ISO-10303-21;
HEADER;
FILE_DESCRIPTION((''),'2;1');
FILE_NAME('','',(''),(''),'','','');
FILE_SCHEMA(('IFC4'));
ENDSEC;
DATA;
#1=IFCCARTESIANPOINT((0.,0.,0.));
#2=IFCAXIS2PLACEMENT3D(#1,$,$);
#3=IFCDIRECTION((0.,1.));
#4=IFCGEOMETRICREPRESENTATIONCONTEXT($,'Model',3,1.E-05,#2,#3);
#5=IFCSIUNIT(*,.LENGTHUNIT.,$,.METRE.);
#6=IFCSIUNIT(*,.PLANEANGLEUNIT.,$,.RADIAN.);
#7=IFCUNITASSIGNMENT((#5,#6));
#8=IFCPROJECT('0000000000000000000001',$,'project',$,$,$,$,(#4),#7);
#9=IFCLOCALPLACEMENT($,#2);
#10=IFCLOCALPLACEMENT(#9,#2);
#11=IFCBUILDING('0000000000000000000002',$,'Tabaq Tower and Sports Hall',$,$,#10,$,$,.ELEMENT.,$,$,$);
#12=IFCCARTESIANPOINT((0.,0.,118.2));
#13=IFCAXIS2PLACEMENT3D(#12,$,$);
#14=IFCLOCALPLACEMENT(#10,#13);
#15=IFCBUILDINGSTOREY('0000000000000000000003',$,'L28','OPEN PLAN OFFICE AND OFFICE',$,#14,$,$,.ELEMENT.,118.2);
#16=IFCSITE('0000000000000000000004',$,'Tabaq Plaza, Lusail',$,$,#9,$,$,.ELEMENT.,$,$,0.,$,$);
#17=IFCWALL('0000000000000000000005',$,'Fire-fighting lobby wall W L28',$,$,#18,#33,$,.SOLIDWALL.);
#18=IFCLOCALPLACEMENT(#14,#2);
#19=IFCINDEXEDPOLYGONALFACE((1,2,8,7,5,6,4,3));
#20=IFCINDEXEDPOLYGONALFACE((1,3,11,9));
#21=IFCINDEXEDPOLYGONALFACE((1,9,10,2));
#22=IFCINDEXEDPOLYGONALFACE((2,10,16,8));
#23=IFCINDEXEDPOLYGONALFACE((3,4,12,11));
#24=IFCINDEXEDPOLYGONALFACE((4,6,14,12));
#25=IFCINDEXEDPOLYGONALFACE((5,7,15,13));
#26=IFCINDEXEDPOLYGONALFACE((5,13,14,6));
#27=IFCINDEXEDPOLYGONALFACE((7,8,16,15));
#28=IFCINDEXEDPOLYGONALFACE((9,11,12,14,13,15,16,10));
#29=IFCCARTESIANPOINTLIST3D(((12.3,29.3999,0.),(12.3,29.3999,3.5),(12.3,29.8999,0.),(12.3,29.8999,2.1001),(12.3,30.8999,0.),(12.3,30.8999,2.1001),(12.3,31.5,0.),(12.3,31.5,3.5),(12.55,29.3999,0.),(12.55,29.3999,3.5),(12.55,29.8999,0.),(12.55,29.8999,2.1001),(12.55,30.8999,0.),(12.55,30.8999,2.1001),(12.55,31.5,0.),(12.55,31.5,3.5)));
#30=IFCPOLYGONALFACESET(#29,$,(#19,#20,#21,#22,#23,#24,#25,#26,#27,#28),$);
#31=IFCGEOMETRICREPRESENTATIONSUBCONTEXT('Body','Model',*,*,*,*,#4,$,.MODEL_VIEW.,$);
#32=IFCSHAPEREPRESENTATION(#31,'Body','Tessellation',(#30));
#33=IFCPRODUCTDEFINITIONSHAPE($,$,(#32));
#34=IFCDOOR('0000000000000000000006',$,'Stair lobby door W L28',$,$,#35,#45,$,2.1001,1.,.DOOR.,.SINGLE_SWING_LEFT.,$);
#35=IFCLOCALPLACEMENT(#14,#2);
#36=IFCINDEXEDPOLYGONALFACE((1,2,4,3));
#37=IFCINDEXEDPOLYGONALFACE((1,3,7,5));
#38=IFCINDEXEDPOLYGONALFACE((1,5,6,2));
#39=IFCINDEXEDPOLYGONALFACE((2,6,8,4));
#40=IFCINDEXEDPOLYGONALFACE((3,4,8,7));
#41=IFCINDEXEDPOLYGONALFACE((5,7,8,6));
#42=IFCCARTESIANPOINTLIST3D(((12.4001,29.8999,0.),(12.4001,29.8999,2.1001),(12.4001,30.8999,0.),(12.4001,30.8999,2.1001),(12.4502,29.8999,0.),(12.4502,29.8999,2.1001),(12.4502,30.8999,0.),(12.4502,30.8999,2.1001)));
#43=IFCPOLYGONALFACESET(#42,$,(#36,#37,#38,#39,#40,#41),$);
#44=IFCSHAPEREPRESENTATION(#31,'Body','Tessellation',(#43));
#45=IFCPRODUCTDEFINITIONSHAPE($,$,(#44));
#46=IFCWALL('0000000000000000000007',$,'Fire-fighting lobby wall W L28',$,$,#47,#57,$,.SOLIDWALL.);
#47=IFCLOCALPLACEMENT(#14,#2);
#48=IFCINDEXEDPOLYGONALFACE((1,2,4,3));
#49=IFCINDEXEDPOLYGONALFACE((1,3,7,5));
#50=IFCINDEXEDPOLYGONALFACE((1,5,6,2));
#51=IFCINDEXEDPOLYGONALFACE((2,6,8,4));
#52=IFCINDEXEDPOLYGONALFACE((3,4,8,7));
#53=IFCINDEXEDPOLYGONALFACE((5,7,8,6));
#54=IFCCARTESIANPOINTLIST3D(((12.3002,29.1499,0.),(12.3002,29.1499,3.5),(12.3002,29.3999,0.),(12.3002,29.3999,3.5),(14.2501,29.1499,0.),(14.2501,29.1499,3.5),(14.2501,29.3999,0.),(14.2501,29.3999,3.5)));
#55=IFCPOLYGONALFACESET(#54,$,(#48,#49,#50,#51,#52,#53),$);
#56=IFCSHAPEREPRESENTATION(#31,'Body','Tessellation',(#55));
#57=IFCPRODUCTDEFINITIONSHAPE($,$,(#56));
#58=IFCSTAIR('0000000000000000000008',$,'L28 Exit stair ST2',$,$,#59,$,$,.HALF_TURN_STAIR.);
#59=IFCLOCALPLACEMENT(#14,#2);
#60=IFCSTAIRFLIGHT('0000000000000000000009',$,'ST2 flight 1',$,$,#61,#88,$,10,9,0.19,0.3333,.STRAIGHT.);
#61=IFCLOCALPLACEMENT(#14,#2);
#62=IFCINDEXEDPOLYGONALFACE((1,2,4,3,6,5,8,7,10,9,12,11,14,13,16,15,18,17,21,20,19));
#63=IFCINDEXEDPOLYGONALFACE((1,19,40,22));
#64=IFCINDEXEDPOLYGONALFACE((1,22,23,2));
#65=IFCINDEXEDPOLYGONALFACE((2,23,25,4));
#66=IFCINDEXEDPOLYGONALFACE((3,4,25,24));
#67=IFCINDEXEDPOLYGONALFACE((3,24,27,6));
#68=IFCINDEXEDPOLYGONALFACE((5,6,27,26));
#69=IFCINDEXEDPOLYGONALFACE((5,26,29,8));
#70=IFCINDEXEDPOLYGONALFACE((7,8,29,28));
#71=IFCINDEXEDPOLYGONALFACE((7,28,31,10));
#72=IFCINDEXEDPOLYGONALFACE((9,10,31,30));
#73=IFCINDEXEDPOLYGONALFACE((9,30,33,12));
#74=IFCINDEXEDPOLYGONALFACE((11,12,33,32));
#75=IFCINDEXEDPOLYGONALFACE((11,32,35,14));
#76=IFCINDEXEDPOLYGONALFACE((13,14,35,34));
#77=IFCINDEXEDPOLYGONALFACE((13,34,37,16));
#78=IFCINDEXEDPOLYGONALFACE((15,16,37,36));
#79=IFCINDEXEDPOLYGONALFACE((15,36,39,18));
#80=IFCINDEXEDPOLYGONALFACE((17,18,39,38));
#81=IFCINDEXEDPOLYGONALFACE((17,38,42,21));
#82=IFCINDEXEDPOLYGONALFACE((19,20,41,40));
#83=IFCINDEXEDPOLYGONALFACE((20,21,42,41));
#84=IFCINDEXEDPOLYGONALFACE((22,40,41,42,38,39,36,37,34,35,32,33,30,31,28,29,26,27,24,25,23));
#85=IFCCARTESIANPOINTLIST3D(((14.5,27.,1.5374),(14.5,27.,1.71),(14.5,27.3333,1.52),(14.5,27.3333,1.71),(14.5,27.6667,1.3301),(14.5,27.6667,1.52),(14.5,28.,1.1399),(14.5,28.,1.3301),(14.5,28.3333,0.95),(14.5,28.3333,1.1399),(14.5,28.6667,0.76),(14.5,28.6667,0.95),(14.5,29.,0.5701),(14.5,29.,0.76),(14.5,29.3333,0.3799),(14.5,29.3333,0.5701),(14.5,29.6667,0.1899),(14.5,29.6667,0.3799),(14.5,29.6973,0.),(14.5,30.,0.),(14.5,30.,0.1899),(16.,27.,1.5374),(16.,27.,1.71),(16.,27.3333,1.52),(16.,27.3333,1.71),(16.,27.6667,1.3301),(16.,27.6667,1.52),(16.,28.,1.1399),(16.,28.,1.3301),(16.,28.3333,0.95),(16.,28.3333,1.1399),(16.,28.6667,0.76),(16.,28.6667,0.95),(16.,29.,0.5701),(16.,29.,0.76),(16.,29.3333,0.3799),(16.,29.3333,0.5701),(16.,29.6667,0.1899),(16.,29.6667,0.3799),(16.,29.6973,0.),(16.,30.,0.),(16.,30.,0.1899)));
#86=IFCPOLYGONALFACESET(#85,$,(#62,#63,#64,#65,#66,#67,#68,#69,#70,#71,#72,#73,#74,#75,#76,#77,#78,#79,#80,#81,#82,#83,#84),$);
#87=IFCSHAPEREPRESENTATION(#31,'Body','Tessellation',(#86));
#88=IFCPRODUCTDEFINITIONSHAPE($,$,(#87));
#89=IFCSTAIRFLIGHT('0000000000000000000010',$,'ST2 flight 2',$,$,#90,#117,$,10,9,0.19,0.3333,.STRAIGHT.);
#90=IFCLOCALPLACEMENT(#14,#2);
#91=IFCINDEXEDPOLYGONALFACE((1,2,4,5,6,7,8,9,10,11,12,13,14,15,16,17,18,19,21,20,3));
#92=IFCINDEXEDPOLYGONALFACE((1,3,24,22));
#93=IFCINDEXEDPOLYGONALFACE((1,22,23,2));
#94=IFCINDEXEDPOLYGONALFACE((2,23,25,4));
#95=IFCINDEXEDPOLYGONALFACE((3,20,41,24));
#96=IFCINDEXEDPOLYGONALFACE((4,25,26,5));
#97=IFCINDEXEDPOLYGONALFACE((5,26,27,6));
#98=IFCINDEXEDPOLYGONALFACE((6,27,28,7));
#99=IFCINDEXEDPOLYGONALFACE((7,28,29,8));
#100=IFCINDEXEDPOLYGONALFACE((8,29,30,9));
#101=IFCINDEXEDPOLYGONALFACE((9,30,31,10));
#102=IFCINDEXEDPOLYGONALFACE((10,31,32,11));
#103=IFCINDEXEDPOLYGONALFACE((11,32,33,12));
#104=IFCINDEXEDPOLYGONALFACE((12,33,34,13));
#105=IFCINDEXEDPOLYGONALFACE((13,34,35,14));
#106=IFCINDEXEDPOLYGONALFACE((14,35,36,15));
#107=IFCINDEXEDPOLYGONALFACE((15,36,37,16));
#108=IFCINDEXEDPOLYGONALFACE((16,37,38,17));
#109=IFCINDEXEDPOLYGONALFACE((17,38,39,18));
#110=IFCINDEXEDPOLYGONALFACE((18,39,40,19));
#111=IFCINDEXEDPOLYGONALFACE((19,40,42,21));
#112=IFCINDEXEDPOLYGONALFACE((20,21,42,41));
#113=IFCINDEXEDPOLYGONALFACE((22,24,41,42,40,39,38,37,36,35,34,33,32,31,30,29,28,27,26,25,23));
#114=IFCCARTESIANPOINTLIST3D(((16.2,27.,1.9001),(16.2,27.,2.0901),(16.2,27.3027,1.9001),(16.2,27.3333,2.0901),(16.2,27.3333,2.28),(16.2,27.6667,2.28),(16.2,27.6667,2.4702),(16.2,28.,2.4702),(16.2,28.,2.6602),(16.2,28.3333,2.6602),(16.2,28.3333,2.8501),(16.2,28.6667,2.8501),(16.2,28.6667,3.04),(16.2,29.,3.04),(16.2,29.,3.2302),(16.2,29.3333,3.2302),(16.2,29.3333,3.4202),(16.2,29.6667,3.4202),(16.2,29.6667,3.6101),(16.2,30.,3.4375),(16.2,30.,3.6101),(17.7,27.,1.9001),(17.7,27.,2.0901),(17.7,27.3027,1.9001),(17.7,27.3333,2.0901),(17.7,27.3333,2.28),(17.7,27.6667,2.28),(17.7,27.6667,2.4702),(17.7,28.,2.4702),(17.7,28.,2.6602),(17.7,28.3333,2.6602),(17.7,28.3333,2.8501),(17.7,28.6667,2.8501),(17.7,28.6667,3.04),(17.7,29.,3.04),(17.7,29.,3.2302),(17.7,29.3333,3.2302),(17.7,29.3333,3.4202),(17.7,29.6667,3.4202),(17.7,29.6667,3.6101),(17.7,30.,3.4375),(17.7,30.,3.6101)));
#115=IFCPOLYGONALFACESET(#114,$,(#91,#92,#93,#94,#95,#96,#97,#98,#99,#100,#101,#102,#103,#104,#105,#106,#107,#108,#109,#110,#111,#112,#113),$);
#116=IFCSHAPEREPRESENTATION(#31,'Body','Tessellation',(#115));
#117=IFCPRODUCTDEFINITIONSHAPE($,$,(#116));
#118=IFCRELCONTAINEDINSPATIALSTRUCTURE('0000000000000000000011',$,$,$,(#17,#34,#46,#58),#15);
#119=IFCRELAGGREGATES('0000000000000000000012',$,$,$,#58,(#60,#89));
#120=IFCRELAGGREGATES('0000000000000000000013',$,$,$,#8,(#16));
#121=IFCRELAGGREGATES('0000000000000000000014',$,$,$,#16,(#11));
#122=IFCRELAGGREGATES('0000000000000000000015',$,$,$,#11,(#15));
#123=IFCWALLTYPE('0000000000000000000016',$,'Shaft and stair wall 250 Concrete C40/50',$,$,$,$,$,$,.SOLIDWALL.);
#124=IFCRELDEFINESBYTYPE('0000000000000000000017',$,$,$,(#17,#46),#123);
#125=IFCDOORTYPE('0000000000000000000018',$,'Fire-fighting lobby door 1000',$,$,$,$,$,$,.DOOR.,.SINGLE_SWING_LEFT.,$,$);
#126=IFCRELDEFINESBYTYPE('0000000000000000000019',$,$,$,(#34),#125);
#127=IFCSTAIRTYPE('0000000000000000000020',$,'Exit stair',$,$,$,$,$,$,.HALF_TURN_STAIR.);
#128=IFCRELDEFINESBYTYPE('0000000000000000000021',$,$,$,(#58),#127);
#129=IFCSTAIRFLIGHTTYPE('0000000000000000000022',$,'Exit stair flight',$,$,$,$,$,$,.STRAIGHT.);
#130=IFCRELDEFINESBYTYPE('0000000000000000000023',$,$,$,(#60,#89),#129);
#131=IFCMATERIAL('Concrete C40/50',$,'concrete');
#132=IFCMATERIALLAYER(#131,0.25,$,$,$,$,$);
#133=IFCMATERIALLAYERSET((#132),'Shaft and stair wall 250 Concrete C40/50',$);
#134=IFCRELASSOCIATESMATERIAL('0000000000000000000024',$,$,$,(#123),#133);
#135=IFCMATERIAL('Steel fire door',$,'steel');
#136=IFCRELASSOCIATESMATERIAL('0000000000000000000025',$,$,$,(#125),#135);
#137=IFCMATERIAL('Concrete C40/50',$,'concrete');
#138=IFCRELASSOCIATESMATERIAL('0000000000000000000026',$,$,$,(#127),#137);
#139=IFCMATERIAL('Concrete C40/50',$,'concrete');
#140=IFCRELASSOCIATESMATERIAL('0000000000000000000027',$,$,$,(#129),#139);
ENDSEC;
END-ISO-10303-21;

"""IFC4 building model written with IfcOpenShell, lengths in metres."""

from ifc_helpers import new_model, si_unit, direction, frame, frame_2d, origin, place, context, subcontext, project, spatial, polyline, rectangle, outline, extrude, material, layer, layer_set, type_object, element, fill, aggregate, save


model = new_model("IFC4")

# Units and contexts
model_context = context("Model", 3, precision=1e-05, world=origin(), true_north=direction((0.0, 1.0)))
body_context = subcontext(model_context, "Body", "Model", "MODEL_VIEW")
ifc_project = project(units=[si_unit("LENGTHUNIT", "METRE"), si_unit("PLANEANGLEUNIT", "RADIAN")], contexts=[model_context])

# Site, building, storey
site_placement = place(None, origin())
site = spatial("IfcSite", under=ifc_project, at=site_placement, Name="Tabaq Plaza, Lusail", CompositionType="ELEMENT", RefElevation=0.0)
building_placement = place(site_placement, origin())
building = spatial("IfcBuilding", under=site, at=building_placement, Name="Tabaq Tower and Sports Hall", CompositionType="ELEMENT")
storey_placement = place(building_placement, frame((0.0, 0.0, 118.2)))
storey = spatial("IfcBuildingStorey", under=building, at=storey_placement, Name="L28", Description="OPEN PLAN OFFICE AND OFFICE", CompositionType="ELEMENT", Elevation=118.2)

# Shared definitions
ifc_material_1 = material(Name="Concrete C40/50", Category="concrete")
ifc_layer_1 = layer(ifc_material_1, 0.25)
ifc_layer_set_1 = layer_set([ifc_layer_1], Name="Shaft and stair wall 250 Concrete C40/50")
wall_type_1 = type_object("IfcWallType", Name="Shaft and stair wall 250 Concrete C40/50", PredefinedType="SOLIDWALL", material=ifc_layer_set_1)

# Wall, opening, door
wall_1_placement = place(storey_placement, frame((12.425, 29.3999, 0.0), z_axis=(0.0, 0.0, 1.0), x_axis=(0.0, 1.0, 0.0)))
wall_1 = element("IfcWall", 1, at=wall_1_placement, inside=storey, type_object=wall_type_1, Name="Fire-fighting lobby wall W L28", PredefinedType="SOLIDWALL", context=body_context, shape_type="SweptSolid", body=[
    extrude(rectangle(XDim=2.1001, YDim=0.25, at=frame_2d((1.05, 0.0))), origin(), (0.0, 0.0, 1.0), 3.5),
])
opening_placement = place(wall_1_placement, frame((0.5, 0.0, 0.0)))
opening = element("IfcOpeningElement", 2, at=opening_placement, cuts=wall_1, PredefinedType="OPENING", context=body_context, shape_type="SweptSolid", body=[
    extrude(rectangle(XDim=1.0, YDim=2.1001, at=frame_2d((0.5, 1.05))), frame((0.0, 0.125, 0.0), z_axis=(0.0, -1.0, 0.0), x_axis=(1.0, 0.0, 0.0)), (0.0, 0.0, 1.0), 0.25),
])
ifc_material_2 = material(Name="Steel fire door", Category="steel")
door_type = type_object("IfcDoorType", Name="Fire-fighting lobby door 1000", OperationType="SINGLE_SWING_LEFT", PredefinedType="DOOR", material=ifc_material_2)
door_placement = place(opening_placement, origin())
door = element("IfcDoor", 3, at=door_placement, inside=storey, type_object=door_type, Name="Stair lobby door W L28", OperationType="SINGLE_SWING_LEFT", OverallHeight=2.1001, OverallWidth=1.0, PredefinedType="DOOR", context=body_context, shape_type="SweptSolid", body=[
    extrude(rectangle(XDim=1.0, YDim=2.1001, at=frame_2d((0.5, 1.05))), frame((0.0, 0.0249, 0.0), z_axis=(0.0, -1.0, 0.0), x_axis=(1.0, 0.0, 0.0)), (0.0, 0.0, 1.0), 0.05),
])
fill(opening, door)

# Wall
wall_2_placement = place(storey_placement, frame((12.3, 29.2749, 0.0), z_axis=(0.0, 0.0, 1.0), x_axis=(1.0, 0.0, 0.0)))
element("IfcWall", 4, at=wall_2_placement, inside=storey, type_object=wall_type_1, Name="Fire-fighting lobby wall W L28", PredefinedType="SOLIDWALL", context=body_context, shape_type="SweptSolid", body=[
    extrude(rectangle(XDim=1.95, YDim=0.25, at=frame_2d((0.9751, 0.0))), origin(), (0.0, 0.0, 1.0), 3.5),
])

# Stair, stair flights
ifc_material_3 = material(Name="Concrete C40/50", Category="concrete")
stair_type = type_object("IfcStairType", Name="Exit stair", PredefinedType="HALF_TURN_STAIR", material=ifc_material_3)
stair_placement = place(storey_placement, origin())
stair = element("IfcStair", 5, at=stair_placement, inside=storey, type_object=stair_type, Name="L28 Exit stair ST2", PredefinedType="HALF_TURN_STAIR")
ifc_material_4 = material(Name="Concrete C40/50", Category="concrete")
stair_flight_type = type_object("IfcStairFlightType", Name="Exit stair flight", PredefinedType="STRAIGHT", material=ifc_material_4)
stair_flight_1_placement = place(storey_placement, frame((15.25, 30.0, 0.0), z_axis=(0.0, 0.0, 1.0), x_axis=(0.0, -1.0, 0.0)))
stair_flight_1 = element("IfcStairFlight", 6, at=stair_flight_1_placement, type_object=stair_flight_type, Name="ST2 flight 1", NumberOfRisers=10, NumberOfTreads=9, PredefinedType="STRAIGHT", RiserHeight=0.19, TreadLength=0.3333, context=body_context, shape_type="SweptSolid", body=[
    extrude(outline(polyline([(0.0, 0.0), (0.0, 0.1899), (0.3333, 0.1899), (0.3333, 0.3799), (0.6667, 0.3799), (0.6667, 0.5701), (1.0, 0.5701), (1.0, 0.76), (1.3333, 0.76), (1.3333, 0.95), (1.6667, 0.95), (1.6667, 1.1399), (2.0, 1.1399), (2.0, 1.3301), (2.3333, 1.3301), (2.3333, 1.52), (2.6667, 1.52), (2.6667, 1.71), (3.0, 1.71), (3.0, 1.8999), (3.0, 1.5374), (0.3027, 0.0), (0.0, 0.0)])), frame((0.0, 0.75, 0.0), z_axis=(0.0, -1.0, 0.0), x_axis=(1.0, 0.0, 0.0)), (0.0, 0.0, 1.0), 1.5),
])
stair_flight_2_placement = place(storey_placement, frame((16.95, 27.0, 1.9001), z_axis=(0.0, 0.0, 1.0), x_axis=(0.0, 1.0, 0.0)))
stair_flight_2 = element("IfcStairFlight", 7, at=stair_flight_2_placement, type_object=stair_flight_type, Name="ST2 flight 2", NumberOfRisers=10, NumberOfTreads=9, PredefinedType="STRAIGHT", RiserHeight=0.19, TreadLength=0.3333, context=body_context, shape_type="SweptSolid", body=[
    extrude(outline(polyline([(0.0, 0.0), (0.0, 0.1899), (0.3333, 0.1899), (0.3333, 0.3799), (0.6667, 0.3799), (0.6667, 0.5701), (1.0, 0.5701), (1.0, 0.76), (1.3333, 0.76), (1.3333, 0.95), (1.6667, 0.95), (1.6667, 1.1399), (2.0, 1.1399), (2.0, 1.3301), (2.3333, 1.3301), (2.3333, 1.52), (2.6667, 1.52), (2.6667, 1.71), (3.0, 1.71), (3.0, 1.8999), (3.0, 1.5374), (0.3027, 0.0), (0.0, 0.0)])), frame((0.0, 0.75, 0.0), z_axis=(0.0, -1.0, 0.0), x_axis=(1.0, 0.0, 0.0)), (0.0, 0.0, 1.0), 1.5),
])
aggregate(stair, [stair_flight_1, stair_flight_2])

save(model, "model.ifc")
